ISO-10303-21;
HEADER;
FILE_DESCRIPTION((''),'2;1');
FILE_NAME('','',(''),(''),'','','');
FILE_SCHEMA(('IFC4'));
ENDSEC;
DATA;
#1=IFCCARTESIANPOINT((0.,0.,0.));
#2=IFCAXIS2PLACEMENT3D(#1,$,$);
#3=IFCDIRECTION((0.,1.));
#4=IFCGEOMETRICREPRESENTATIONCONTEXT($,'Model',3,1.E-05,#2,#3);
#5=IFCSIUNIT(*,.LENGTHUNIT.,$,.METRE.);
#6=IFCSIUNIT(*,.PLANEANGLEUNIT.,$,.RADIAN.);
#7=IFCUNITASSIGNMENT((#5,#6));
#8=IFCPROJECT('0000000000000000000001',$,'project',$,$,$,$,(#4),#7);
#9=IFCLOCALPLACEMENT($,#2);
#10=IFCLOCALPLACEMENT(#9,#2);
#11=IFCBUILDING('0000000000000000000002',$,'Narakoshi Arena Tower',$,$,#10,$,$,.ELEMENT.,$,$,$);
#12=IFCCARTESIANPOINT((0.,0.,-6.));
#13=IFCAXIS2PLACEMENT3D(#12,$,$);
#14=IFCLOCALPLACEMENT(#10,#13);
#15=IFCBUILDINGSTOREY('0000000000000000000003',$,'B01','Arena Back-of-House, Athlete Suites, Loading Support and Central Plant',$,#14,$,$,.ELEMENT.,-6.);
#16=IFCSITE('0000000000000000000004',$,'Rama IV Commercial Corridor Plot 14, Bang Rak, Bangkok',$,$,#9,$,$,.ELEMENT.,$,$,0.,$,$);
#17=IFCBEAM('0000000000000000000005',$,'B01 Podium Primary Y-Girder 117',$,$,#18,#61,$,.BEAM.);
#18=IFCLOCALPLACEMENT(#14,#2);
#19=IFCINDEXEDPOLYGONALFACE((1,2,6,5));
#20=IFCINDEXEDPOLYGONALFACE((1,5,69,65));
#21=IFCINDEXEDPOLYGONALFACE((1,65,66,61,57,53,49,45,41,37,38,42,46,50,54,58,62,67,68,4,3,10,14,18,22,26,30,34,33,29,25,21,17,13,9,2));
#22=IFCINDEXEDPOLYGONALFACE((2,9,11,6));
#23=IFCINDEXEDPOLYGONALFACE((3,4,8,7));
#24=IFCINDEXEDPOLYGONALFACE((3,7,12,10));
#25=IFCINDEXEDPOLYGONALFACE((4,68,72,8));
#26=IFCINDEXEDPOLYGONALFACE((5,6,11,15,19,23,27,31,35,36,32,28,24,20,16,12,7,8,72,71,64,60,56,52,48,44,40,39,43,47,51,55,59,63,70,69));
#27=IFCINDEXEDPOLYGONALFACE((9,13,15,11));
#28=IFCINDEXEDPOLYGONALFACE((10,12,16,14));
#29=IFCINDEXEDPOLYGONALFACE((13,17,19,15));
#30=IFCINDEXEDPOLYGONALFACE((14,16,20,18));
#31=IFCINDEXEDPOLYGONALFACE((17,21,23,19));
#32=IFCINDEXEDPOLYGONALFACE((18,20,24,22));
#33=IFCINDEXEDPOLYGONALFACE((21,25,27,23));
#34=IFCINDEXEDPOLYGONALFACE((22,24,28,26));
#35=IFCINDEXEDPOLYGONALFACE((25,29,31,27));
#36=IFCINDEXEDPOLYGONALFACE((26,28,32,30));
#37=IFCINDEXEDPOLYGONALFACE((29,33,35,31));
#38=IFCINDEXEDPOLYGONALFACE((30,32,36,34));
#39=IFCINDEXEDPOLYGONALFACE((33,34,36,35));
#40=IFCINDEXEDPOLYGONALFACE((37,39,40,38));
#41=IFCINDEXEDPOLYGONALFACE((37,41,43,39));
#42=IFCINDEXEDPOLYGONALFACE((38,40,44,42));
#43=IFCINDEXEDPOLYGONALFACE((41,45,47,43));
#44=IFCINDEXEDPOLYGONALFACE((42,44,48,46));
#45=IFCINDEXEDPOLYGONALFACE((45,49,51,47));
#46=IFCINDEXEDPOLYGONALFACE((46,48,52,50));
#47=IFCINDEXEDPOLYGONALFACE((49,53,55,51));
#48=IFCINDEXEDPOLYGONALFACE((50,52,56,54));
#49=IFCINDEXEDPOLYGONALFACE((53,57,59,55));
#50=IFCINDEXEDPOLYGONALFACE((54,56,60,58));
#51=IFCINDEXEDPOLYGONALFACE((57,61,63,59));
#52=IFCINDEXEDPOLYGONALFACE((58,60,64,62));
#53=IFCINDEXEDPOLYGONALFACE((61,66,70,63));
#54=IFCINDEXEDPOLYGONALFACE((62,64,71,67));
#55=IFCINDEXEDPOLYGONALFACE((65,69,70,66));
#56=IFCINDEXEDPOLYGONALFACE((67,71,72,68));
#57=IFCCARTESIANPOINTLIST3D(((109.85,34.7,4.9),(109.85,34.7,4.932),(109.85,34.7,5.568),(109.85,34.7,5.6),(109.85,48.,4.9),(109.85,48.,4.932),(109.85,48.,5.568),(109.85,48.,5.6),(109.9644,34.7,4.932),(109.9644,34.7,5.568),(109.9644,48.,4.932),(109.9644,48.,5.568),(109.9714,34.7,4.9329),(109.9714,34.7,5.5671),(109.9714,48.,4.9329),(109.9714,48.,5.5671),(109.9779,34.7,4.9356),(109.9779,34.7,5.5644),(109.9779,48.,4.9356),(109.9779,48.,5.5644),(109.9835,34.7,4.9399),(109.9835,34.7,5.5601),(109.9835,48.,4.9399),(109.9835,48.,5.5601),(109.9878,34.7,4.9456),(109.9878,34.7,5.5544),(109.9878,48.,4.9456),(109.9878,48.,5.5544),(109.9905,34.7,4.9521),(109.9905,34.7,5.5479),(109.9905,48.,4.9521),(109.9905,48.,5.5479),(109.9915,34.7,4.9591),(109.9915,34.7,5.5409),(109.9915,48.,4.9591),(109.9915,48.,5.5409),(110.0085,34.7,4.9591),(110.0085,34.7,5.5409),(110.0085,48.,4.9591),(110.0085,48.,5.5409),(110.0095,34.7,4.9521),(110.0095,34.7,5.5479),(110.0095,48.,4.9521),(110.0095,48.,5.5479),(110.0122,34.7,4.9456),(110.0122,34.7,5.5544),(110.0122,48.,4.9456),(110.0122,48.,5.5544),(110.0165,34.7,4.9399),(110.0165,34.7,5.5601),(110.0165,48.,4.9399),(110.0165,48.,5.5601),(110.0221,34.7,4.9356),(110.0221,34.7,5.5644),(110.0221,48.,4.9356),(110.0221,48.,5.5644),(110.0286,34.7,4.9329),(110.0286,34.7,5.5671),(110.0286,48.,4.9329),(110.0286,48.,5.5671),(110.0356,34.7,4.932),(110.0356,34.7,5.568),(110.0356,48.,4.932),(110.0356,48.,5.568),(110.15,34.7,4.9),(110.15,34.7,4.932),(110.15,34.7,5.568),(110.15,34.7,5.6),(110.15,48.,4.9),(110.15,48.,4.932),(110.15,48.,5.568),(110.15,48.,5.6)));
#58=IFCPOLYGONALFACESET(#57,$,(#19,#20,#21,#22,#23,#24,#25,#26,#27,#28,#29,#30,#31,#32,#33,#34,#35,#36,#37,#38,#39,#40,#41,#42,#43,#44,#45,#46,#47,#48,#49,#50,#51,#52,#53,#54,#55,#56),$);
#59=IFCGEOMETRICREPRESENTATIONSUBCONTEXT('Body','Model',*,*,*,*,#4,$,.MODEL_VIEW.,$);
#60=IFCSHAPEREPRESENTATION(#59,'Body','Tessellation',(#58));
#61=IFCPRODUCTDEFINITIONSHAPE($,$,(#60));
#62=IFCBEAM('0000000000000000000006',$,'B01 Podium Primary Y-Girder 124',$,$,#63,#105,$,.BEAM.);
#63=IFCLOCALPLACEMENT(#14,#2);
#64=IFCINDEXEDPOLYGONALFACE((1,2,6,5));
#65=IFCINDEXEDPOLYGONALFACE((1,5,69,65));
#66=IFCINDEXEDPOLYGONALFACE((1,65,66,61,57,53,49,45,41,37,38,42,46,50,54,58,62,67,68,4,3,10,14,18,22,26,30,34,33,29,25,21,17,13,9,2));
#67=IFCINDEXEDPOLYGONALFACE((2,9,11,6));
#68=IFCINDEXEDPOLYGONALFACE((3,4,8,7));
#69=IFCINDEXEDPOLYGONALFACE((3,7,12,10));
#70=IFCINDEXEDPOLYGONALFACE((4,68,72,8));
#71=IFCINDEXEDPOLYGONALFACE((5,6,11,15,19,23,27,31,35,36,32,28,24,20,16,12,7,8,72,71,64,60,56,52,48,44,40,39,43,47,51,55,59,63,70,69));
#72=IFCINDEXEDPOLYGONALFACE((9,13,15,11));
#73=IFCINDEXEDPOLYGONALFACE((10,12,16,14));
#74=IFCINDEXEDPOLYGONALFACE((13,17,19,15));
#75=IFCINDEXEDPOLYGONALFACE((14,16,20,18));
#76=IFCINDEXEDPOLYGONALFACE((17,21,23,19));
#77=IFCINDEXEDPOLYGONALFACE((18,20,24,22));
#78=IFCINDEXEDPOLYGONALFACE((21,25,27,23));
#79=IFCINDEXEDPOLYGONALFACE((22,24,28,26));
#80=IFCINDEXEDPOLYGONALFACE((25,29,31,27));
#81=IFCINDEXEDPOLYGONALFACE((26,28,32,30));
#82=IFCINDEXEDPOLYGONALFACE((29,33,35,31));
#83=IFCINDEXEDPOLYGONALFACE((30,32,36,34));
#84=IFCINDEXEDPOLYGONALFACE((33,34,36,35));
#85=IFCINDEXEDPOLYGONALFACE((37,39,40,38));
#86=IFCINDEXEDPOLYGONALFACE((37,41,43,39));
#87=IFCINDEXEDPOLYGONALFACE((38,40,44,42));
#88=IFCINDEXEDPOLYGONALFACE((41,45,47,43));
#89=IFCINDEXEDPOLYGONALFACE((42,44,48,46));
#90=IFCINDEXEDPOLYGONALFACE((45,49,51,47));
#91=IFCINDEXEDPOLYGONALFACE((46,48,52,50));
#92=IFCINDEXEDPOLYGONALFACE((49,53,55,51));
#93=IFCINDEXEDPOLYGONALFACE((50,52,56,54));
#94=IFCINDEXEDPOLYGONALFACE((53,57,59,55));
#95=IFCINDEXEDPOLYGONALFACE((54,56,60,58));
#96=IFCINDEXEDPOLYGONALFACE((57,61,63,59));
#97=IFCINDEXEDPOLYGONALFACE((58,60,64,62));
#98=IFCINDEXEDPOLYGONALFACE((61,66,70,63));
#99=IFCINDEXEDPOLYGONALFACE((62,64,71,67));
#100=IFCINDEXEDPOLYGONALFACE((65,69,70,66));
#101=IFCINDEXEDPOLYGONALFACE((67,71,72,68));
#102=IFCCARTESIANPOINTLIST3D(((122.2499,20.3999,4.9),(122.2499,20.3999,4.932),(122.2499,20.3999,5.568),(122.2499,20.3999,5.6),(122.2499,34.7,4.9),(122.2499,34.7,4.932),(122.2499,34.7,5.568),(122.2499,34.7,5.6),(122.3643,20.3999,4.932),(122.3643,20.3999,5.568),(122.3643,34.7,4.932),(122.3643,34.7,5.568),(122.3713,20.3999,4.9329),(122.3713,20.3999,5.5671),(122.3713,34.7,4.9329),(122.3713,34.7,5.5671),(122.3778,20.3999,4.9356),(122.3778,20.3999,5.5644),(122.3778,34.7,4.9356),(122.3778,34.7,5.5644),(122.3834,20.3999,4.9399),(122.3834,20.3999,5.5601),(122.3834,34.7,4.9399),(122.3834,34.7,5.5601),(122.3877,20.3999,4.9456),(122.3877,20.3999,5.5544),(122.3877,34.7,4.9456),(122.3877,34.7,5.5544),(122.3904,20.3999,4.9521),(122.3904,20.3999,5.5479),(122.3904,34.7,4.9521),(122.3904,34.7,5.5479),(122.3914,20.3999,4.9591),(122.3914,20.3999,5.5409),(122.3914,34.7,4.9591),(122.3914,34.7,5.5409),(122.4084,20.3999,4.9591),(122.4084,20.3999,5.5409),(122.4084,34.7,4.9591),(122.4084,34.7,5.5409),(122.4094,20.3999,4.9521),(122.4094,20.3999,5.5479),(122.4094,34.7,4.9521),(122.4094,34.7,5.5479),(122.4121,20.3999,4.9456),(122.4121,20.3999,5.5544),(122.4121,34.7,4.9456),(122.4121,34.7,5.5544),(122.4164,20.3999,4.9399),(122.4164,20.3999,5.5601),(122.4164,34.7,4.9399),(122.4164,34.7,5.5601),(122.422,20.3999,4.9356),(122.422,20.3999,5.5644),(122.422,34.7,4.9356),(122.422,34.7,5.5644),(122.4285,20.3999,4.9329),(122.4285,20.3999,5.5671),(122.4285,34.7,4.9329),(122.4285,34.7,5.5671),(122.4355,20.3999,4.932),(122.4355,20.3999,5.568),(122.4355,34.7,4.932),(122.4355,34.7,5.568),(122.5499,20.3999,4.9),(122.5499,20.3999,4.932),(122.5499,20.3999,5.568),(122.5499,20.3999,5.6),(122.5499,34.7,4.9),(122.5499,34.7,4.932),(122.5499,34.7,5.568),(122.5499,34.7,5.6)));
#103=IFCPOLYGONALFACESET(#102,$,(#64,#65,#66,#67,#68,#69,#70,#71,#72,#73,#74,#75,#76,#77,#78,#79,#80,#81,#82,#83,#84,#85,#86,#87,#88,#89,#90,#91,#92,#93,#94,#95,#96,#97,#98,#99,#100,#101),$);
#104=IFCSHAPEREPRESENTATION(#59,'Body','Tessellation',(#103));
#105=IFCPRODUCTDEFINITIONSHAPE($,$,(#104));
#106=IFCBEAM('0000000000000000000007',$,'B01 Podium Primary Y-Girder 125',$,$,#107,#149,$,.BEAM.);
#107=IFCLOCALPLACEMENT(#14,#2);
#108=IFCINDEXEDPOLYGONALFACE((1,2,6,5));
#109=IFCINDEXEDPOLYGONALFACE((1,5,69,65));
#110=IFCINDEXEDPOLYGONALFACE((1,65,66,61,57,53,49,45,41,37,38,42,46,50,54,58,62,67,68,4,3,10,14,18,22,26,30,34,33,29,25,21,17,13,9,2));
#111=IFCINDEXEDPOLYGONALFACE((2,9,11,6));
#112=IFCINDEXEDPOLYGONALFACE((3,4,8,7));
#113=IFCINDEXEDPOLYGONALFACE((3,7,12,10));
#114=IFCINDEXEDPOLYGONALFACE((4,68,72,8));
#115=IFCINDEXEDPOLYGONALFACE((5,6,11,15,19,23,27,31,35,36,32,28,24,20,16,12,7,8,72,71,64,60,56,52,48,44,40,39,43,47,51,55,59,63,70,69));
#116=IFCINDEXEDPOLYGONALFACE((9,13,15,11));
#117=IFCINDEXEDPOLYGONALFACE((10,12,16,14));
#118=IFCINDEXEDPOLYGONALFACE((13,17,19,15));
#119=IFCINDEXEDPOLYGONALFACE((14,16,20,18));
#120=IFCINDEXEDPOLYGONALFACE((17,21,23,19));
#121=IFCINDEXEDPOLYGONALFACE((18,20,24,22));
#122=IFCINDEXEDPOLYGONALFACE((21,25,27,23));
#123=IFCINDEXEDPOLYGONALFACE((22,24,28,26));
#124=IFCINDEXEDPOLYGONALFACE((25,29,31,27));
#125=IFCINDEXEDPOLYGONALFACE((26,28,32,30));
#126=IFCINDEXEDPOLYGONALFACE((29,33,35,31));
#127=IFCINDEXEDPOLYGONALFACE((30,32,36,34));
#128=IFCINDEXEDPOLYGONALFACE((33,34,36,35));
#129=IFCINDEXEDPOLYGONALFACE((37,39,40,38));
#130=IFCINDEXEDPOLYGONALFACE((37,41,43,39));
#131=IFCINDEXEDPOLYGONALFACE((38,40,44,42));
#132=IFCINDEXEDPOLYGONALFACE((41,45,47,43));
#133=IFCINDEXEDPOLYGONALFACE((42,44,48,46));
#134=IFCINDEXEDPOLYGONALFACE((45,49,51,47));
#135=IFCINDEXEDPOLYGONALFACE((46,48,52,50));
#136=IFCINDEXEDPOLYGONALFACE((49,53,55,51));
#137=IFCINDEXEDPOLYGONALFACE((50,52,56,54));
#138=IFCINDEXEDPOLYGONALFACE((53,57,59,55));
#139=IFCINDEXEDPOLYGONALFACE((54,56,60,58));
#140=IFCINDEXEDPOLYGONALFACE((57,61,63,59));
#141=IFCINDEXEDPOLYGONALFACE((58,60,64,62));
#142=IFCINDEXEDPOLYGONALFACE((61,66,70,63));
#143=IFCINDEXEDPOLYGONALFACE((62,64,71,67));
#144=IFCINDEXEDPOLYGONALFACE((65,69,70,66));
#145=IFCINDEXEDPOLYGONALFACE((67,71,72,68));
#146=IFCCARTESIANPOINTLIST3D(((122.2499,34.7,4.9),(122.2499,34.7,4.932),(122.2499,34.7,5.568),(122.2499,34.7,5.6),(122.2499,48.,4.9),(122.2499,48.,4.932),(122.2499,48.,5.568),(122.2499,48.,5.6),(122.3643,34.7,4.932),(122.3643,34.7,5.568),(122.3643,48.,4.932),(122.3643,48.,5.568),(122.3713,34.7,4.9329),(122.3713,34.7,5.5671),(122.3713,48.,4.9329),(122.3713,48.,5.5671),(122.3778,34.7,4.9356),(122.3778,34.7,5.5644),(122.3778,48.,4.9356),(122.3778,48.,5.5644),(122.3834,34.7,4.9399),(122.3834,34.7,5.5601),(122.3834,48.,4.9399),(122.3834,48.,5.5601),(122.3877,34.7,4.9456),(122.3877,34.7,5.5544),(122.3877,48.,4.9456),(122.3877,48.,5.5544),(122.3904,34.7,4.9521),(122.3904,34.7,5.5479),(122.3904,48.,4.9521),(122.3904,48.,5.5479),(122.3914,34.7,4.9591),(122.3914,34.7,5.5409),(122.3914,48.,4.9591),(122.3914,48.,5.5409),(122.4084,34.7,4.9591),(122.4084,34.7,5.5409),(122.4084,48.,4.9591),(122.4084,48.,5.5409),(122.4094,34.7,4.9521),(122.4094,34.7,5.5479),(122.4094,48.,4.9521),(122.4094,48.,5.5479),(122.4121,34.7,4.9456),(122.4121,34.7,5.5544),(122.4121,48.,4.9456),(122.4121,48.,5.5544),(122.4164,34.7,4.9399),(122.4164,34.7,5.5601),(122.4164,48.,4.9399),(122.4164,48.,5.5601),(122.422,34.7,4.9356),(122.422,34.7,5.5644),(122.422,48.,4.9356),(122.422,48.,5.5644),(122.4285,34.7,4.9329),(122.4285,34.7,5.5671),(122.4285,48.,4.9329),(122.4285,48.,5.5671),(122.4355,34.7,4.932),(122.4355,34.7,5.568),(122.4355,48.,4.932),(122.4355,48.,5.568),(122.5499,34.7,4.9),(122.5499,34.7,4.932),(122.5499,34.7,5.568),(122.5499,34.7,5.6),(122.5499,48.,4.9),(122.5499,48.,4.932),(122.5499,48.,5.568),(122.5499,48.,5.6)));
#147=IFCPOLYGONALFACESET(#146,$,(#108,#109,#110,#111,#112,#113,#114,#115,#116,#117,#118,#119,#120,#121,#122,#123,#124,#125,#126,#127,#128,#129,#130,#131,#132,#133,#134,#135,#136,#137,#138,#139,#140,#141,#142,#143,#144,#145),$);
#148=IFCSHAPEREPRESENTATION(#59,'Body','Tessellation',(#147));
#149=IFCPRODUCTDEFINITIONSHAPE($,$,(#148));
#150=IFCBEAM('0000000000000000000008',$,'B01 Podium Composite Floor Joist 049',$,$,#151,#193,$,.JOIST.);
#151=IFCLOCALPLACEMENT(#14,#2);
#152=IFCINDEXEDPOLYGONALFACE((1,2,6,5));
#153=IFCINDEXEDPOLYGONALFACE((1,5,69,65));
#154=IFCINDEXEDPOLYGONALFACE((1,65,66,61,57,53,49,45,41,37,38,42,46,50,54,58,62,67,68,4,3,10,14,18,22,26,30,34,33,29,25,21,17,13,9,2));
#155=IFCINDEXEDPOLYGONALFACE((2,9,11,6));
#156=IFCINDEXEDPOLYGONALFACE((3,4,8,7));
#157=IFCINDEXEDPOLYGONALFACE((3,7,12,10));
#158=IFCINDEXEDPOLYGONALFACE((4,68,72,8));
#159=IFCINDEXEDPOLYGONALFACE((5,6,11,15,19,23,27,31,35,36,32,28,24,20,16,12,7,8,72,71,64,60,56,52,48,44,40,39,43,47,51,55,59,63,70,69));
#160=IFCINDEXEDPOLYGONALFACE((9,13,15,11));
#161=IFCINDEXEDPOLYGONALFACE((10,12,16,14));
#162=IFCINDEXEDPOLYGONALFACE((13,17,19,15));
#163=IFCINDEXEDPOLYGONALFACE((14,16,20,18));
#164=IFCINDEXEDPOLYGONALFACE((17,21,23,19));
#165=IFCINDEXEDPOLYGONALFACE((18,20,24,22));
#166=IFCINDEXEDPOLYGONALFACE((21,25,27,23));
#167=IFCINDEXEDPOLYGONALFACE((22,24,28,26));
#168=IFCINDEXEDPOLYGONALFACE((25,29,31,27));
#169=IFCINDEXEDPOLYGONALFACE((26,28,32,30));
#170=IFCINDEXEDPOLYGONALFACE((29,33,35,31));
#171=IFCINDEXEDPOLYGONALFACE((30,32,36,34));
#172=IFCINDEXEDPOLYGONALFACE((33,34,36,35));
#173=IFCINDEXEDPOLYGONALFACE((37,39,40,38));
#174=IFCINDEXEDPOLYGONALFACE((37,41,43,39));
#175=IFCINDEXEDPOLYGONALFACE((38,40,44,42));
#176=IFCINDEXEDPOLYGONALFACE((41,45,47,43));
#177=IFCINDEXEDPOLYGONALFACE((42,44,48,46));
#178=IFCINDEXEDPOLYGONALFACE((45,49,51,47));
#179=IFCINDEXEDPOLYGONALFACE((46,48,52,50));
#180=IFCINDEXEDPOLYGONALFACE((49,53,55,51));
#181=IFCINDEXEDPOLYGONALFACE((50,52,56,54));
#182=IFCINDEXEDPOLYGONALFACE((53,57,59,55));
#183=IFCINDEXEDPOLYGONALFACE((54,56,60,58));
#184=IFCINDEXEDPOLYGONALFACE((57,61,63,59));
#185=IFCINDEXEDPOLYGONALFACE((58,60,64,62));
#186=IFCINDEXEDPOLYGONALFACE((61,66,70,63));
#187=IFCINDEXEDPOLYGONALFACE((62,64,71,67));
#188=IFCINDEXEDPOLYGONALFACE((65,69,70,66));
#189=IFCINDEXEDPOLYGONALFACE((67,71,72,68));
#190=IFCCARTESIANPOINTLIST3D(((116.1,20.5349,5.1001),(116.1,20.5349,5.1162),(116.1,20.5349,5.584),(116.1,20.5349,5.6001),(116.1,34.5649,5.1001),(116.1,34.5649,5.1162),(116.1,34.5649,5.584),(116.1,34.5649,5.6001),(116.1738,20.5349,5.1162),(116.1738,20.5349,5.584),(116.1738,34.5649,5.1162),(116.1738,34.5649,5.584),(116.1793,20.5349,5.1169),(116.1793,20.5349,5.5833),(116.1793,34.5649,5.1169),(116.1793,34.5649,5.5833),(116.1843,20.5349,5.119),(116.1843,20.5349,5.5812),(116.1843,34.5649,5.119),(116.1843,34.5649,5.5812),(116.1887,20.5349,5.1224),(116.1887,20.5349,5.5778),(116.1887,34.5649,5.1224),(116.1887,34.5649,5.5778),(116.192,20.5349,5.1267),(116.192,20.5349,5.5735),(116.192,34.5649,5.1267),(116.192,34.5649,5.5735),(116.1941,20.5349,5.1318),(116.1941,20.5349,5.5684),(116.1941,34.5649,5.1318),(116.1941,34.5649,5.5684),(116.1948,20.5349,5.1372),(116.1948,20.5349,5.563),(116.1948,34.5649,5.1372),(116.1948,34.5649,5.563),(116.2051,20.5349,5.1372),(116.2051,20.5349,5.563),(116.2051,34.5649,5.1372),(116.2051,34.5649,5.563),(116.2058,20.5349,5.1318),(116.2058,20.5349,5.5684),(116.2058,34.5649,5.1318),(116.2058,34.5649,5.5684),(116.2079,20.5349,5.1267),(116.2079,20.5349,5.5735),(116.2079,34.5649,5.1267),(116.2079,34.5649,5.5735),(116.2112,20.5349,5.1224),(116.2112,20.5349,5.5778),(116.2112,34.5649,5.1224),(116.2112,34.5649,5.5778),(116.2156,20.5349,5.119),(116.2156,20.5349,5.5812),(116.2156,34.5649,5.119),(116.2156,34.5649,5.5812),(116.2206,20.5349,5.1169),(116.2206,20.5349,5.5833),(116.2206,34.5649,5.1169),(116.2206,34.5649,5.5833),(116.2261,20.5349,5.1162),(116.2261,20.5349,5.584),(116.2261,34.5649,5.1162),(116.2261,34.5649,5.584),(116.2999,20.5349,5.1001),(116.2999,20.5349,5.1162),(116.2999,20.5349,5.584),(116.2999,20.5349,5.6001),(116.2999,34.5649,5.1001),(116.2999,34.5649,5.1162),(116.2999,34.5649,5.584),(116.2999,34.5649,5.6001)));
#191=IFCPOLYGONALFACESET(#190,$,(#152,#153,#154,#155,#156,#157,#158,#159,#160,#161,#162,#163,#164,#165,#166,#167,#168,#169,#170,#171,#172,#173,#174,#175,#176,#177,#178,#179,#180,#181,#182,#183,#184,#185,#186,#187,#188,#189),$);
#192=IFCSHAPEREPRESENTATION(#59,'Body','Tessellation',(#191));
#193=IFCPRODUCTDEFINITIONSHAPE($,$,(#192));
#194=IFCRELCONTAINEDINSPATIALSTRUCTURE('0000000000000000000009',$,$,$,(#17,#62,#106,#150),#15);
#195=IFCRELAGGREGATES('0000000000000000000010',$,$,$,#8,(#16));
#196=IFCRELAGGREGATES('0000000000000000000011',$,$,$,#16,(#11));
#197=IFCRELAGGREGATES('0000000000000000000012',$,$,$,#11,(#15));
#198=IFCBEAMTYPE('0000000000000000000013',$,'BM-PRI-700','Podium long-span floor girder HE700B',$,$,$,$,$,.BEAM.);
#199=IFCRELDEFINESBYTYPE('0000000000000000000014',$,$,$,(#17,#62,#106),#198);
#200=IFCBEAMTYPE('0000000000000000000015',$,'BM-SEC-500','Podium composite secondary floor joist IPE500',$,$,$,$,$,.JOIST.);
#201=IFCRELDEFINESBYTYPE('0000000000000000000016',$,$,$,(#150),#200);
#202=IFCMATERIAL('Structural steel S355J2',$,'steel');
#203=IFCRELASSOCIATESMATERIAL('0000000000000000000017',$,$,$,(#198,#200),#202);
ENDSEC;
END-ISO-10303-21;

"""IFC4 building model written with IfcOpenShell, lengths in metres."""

from ifc_helpers import new_model, si_unit, direction, frame, origin, origin_2d, place, context, subcontext, project, spatial, i_section, extrude, material, material_profile, profile_set, type_object, element, save


model = new_model("IFC4")

# Units and contexts
model_context = context("Model", 3, precision=1e-05, world=origin(), true_north=direction((0.0, 1.0)))
body_context = subcontext(model_context, "Body", "Model", "MODEL_VIEW")
ifc_project = project(units=[si_unit("LENGTHUNIT", "METRE"), si_unit("PLANEANGLEUNIT", "RADIAN")], contexts=[model_context])

# Site, building, storey
site_placement = place(None, origin())
site = spatial("IfcSite", under=ifc_project, at=site_placement, Name="Rama IV Commercial Corridor Plot 14, Bang Rak, Bangkok", CompositionType="ELEMENT", RefElevation=0.0)
building_placement = place(site_placement, origin())
building = spatial("IfcBuilding", under=site, at=building_placement, Name="Narakoshi Arena Tower", CompositionType="ELEMENT")
storey_placement = place(building_placement, frame((0.0, 0.0, -6.0)))
storey = spatial("IfcBuildingStorey", under=building, at=storey_placement, Name="B01", Description="Arena Back-of-House, Athlete Suites, Loading Support and Central Plant", CompositionType="ELEMENT", Elevation=-6.0)

# Shared definitions
ifc_material_1 = material(Name="Structural steel S355J2", Category="steel")

# Beams
ifc_material_profile_1 = material_profile(ifc_material_1, i_section(OverallWidth=0.3, OverallDepth=0.7, WebThickness=0.0171, FlangeThickness=0.032, FilletRadius=0.0271, at=origin_2d()), Name="HE700B")
ifc_profile_set_1 = profile_set([ifc_material_profile_1], Name="Structural steel S355J2")
beam_type_1 = type_object("IfcBeamType", Name="BM-PRI-700", Description="Podium long-span floor girder HE700B", PredefinedType="BEAM", material=ifc_profile_set_1)
beam_1_placement = place(storey_placement, frame((110.0, 34.7, 5.25), z_axis=(0.0, 1.0, 0.0), x_axis=(-1.0, 0.0, 0.0)))
element("IfcBeam", 1, at=beam_1_placement, inside=storey, type_object=beam_type_1, Name="B01 Podium Primary Y-Girder 117", PredefinedType="BEAM", context=body_context, shape_type="SweptSolid", body=[
    extrude(i_section(OverallWidth=0.3, OverallDepth=0.7, WebThickness=0.0171, FlangeThickness=0.032, FilletRadius=0.0271, at=origin_2d()), origin(), (0.0, 0.0, 1.0), 13.3),
])
beam_2_placement = place(storey_placement, frame((122.3999, 20.3999, 5.25), z_axis=(0.0, 1.0, 0.0), x_axis=(-1.0, 0.0, 0.0)))
element("IfcBeam", 2, at=beam_2_placement, inside=storey, type_object=beam_type_1, Name="B01 Podium Primary Y-Girder 124", PredefinedType="BEAM", context=body_context, shape_type="SweptSolid", body=[
    extrude(i_section(OverallWidth=0.3, OverallDepth=0.7, WebThickness=0.0171, FlangeThickness=0.032, FilletRadius=0.0271, at=origin_2d()), origin(), (0.0, 0.0, 1.0), 14.3),
])
beam_3_placement = place(storey_placement, frame((122.3999, 34.7, 5.25), z_axis=(0.0, 1.0, 0.0), x_axis=(-1.0, 0.0, 0.0)))
element("IfcBeam", 3, at=beam_3_placement, inside=storey, type_object=beam_type_1, Name="B01 Podium Primary Y-Girder 125", PredefinedType="BEAM", context=body_context, shape_type="SweptSolid", body=[
    extrude(i_section(OverallWidth=0.3, OverallDepth=0.7, WebThickness=0.0171, FlangeThickness=0.032, FilletRadius=0.0271, at=origin_2d()), origin(), (0.0, 0.0, 1.0), 13.3),
])
ifc_material_profile_2 = material_profile(ifc_material_1, i_section(OverallWidth=0.2, OverallDepth=0.5, WebThickness=0.0103, FlangeThickness=0.0161, FilletRadius=0.021, at=origin_2d()), Name="IPE500")
ifc_profile_set_2 = profile_set([ifc_material_profile_2], Name="Structural steel S355J2")
beam_type_2 = type_object("IfcBeamType", Name="BM-SEC-500", Description="Podium composite secondary floor joist IPE500", PredefinedType="JOIST", material=ifc_profile_set_2)
beam_4_placement = place(storey_placement, frame((116.2, 20.5349, 5.3501), z_axis=(0.0, 1.0, 0.0), x_axis=(-1.0, 0.0, 0.0)))
element("IfcBeam", 4, at=beam_4_placement, inside=storey, type_object=beam_type_2, Name="B01 Podium Composite Floor Joist 049", PredefinedType="JOIST", context=body_context, shape_type="SweptSolid", body=[
    extrude(i_section(OverallWidth=0.2, OverallDepth=0.5, WebThickness=0.0103, FlangeThickness=0.0161, FilletRadius=0.021, at=origin_2d()), origin(), (0.0, 0.0, 1.0), 14.03),
])

save(model, "model.ifc")
